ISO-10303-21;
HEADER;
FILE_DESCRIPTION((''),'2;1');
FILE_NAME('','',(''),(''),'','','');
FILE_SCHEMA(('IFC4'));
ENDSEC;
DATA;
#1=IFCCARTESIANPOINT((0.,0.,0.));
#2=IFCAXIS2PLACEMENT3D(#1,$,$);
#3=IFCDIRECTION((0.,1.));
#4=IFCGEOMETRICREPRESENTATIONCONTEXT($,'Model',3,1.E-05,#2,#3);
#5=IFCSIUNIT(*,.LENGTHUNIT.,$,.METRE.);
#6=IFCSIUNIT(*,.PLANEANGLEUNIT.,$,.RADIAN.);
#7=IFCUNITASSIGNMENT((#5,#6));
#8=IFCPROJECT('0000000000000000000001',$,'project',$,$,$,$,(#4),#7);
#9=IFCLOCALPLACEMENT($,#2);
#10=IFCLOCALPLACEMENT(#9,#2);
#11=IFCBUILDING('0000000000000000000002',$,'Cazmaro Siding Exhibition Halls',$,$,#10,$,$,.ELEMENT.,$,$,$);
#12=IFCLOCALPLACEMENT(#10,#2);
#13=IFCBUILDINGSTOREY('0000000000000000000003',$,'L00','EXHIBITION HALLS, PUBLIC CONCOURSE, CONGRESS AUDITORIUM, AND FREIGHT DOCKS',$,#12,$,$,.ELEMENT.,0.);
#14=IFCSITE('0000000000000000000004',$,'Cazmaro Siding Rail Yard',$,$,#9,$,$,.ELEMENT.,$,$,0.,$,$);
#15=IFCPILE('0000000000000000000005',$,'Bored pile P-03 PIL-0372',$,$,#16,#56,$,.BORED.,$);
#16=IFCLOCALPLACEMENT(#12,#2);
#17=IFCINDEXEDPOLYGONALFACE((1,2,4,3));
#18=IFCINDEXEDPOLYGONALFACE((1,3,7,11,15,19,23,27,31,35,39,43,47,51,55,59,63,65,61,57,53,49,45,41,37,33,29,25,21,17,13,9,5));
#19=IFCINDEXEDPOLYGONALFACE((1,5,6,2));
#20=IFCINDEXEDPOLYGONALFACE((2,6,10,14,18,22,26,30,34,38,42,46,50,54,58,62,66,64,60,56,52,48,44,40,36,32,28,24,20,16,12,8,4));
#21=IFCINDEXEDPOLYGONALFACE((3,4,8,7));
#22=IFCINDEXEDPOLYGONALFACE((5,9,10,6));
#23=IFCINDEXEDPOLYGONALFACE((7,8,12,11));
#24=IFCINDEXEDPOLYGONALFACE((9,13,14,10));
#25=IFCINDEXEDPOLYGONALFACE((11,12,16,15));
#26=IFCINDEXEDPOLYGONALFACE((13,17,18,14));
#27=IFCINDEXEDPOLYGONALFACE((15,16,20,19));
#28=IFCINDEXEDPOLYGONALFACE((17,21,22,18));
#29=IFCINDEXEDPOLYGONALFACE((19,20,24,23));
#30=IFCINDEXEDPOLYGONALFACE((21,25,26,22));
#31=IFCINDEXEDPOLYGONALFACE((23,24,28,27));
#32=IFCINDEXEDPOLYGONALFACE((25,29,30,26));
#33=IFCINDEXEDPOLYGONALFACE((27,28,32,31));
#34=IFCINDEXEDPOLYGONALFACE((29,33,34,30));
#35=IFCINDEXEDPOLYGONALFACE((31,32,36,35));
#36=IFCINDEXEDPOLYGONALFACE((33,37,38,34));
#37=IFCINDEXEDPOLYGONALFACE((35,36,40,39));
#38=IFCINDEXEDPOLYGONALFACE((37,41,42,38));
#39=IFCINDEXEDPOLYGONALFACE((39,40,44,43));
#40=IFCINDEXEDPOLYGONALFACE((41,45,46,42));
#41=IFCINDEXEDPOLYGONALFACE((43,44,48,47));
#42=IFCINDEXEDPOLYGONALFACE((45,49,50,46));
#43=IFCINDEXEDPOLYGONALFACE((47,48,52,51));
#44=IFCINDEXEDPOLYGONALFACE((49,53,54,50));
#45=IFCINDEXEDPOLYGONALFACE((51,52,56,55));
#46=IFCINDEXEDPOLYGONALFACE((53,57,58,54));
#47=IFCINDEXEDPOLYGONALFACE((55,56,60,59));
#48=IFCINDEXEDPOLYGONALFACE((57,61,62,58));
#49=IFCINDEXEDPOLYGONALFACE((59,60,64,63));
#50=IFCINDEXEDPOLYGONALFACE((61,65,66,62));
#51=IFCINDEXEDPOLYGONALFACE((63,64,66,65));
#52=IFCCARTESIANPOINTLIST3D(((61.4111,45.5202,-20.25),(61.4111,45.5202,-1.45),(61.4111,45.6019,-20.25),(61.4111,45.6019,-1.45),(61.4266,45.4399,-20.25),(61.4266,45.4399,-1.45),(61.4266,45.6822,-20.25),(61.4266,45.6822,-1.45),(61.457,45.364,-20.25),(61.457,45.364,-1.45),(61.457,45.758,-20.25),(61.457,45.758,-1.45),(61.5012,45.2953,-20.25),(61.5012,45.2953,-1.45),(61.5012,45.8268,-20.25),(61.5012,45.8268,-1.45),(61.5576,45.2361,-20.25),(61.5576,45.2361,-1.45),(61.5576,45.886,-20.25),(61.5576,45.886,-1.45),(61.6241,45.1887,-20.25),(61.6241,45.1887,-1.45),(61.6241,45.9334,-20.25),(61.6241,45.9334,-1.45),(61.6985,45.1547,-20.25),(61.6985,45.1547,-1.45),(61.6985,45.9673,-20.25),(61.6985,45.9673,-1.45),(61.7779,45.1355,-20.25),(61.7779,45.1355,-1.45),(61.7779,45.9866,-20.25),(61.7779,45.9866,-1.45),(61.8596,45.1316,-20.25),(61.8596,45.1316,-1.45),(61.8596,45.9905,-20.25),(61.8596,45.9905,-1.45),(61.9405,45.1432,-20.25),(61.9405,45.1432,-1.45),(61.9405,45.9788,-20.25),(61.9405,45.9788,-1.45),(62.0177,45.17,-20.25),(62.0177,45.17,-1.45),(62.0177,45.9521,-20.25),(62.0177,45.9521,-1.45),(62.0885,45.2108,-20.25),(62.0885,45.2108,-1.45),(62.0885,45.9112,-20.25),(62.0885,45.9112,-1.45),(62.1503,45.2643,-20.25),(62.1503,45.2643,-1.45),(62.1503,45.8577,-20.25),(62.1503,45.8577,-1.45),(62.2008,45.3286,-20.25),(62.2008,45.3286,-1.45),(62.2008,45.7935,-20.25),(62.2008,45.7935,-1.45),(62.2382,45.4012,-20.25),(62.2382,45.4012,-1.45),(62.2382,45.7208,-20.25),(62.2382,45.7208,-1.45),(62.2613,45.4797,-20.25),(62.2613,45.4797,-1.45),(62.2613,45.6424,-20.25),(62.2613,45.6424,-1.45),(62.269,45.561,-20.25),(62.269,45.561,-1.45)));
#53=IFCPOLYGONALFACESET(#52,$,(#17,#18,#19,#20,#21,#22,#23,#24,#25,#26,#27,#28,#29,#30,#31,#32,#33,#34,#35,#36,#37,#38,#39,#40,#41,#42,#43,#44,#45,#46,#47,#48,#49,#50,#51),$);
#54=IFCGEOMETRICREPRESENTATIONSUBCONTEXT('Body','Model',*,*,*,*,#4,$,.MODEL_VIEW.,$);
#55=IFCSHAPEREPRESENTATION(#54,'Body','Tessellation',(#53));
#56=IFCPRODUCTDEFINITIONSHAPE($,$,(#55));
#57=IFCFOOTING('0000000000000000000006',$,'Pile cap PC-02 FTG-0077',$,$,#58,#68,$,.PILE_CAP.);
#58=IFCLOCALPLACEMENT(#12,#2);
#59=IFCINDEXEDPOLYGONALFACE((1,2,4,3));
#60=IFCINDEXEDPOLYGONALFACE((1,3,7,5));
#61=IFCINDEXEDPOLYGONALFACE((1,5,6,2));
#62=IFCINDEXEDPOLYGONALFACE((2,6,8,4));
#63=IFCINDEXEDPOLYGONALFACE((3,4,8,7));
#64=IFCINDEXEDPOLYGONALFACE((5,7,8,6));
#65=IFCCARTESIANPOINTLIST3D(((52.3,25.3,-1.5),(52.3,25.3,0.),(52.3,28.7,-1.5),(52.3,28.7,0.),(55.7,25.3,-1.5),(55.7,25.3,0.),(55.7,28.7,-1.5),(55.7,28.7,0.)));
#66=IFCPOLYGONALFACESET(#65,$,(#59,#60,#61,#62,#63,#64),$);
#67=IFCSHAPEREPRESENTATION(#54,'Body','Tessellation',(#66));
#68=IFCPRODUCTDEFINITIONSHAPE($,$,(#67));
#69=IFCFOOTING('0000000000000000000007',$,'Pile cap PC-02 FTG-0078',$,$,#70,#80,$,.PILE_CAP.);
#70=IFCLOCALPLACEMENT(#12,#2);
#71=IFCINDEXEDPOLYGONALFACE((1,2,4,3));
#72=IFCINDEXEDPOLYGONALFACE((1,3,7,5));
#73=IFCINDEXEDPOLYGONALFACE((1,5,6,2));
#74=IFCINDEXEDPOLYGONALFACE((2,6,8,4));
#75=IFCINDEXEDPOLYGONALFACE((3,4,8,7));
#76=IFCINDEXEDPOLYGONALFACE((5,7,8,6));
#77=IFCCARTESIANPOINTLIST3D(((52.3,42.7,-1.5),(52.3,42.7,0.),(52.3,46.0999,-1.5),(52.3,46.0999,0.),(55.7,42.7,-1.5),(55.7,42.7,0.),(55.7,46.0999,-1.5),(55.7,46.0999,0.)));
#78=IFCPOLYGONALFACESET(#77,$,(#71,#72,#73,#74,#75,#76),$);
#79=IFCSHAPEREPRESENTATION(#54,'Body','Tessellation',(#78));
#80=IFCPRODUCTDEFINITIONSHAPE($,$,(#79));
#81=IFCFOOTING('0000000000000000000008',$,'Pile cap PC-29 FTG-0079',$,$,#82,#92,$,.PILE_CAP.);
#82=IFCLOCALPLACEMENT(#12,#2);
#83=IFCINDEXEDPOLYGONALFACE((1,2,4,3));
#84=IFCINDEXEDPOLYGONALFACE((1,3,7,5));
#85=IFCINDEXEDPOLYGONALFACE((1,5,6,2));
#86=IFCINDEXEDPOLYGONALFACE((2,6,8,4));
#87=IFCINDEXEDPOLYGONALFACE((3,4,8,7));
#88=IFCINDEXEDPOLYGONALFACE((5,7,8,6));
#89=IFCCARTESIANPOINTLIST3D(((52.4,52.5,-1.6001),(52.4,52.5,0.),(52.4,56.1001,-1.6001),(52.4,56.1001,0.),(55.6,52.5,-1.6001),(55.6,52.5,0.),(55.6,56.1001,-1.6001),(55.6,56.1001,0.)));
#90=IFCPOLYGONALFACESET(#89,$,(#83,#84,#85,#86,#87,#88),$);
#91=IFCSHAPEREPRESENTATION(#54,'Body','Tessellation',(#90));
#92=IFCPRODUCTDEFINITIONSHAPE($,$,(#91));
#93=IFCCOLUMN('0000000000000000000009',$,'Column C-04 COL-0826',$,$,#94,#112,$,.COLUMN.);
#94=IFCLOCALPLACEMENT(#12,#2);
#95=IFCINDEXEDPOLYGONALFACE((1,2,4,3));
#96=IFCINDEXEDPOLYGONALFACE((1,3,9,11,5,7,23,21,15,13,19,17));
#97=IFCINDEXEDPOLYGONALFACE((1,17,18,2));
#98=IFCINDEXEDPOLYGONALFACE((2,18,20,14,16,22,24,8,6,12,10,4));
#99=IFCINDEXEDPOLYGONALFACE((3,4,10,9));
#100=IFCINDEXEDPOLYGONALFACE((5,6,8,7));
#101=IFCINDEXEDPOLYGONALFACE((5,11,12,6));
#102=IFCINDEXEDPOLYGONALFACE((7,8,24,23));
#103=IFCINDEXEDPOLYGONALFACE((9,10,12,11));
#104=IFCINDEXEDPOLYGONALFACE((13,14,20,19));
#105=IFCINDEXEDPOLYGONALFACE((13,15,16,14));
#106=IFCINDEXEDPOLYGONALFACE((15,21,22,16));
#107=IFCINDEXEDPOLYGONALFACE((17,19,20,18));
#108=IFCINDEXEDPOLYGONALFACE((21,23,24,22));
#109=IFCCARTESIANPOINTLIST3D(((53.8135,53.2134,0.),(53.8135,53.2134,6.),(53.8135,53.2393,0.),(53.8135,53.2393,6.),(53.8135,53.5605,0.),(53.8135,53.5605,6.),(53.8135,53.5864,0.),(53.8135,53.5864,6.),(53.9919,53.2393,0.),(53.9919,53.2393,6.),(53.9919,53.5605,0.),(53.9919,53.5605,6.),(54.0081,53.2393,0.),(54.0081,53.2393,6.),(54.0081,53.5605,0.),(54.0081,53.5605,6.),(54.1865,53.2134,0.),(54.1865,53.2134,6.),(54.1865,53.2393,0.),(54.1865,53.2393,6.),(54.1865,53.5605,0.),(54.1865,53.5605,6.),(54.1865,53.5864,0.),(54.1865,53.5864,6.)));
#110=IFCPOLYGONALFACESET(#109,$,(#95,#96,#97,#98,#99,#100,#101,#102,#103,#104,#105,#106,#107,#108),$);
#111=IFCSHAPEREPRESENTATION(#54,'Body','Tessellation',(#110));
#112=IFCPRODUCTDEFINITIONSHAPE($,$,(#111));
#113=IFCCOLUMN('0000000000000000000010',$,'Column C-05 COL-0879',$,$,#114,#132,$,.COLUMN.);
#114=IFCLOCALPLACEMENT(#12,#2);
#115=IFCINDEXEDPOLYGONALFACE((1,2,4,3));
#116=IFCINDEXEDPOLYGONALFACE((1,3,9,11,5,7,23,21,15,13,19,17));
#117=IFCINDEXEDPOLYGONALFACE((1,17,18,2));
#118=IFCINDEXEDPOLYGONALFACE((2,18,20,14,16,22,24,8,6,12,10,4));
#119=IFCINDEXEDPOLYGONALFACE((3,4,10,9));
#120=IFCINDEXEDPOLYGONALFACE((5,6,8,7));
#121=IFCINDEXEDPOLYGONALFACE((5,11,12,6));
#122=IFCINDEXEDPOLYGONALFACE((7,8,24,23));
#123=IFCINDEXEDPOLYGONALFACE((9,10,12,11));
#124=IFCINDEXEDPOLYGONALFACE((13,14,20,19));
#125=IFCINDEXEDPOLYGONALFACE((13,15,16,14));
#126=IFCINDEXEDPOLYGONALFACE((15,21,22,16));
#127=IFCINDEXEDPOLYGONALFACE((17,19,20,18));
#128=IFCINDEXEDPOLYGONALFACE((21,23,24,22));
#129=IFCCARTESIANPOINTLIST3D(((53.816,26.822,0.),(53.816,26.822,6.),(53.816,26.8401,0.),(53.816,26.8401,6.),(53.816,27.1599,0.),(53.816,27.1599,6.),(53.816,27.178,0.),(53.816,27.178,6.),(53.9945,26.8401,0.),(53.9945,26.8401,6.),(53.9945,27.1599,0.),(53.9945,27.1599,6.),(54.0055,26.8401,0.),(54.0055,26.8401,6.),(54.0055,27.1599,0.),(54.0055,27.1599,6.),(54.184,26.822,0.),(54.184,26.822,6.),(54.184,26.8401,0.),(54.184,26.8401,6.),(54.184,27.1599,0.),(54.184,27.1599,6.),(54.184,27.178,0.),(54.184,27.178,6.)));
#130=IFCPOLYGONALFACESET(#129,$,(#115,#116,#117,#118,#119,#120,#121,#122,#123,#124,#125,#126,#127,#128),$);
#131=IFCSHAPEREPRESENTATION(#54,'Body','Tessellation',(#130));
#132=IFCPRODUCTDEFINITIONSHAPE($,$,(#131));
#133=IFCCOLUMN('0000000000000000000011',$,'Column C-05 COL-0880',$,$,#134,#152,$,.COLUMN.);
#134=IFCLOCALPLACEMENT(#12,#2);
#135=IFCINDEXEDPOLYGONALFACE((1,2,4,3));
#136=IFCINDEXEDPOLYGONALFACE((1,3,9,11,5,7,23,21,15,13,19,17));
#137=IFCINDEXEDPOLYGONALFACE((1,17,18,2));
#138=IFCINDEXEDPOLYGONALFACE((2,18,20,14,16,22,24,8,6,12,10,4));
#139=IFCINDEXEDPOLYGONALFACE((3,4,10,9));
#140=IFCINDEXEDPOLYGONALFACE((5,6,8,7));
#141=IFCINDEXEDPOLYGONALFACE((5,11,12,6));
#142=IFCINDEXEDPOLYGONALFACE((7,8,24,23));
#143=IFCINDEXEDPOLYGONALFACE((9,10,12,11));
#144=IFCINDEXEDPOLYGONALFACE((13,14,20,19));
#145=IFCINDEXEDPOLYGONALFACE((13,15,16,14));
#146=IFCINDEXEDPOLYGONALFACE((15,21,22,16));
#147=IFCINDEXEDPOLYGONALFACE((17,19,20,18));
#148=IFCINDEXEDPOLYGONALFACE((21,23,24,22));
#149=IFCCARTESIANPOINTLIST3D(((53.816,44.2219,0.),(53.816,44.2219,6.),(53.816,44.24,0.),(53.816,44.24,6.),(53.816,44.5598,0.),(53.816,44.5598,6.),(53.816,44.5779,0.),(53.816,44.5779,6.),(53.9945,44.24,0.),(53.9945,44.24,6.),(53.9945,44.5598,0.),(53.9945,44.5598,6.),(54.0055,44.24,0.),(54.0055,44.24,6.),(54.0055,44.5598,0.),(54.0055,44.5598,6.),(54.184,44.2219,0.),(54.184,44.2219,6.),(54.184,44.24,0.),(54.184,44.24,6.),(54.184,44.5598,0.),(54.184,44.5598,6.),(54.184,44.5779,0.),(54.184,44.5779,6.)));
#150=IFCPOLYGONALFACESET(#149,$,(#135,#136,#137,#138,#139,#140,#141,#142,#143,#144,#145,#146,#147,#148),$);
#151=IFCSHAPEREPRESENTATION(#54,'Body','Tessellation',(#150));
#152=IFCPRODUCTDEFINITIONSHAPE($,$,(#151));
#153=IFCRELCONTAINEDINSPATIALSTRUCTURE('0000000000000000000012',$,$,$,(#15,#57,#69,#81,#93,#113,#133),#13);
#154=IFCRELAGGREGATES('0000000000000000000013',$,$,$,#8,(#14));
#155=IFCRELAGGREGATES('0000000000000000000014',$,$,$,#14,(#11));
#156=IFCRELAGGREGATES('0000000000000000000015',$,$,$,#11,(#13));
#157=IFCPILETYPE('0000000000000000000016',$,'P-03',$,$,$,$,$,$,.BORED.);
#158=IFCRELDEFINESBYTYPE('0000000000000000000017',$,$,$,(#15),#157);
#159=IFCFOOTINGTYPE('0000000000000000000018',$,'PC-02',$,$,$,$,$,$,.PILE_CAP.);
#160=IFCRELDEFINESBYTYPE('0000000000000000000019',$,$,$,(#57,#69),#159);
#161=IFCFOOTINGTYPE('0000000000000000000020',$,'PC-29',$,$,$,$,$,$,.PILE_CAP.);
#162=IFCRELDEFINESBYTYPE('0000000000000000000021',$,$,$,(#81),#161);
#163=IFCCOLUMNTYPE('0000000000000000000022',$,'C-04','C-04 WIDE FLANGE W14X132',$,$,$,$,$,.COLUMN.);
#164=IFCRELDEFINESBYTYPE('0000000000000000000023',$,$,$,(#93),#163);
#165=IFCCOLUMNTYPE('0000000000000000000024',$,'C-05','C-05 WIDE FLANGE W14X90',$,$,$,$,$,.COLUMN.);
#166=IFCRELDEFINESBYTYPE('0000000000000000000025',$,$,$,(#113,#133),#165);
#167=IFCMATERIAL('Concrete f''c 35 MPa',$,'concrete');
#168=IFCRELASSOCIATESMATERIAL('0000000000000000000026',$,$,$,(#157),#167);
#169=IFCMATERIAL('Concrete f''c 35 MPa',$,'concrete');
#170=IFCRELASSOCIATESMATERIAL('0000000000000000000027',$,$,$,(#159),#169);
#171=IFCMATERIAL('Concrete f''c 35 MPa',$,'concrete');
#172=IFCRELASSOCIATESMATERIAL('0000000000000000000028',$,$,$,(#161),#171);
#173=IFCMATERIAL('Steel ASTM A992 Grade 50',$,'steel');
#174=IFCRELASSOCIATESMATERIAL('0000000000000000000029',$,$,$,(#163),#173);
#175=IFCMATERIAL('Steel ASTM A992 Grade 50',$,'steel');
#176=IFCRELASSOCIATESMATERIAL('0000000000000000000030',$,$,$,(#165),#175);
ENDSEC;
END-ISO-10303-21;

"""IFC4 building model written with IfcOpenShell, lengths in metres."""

from ifc_helpers import new_model, si_unit, direction, frame, origin, origin_2d, place, context, subcontext, project, spatial, rectangle, circle, i_section, extrude, material, material_profile, profile_set, type_object, element, save


model = new_model("IFC4")

# Units and contexts
model_context = context("Model", 3, precision=1e-05, world=origin(), true_north=direction((0.0, 1.0)))
body_context = subcontext(model_context, "Body", "Model", "MODEL_VIEW")
ifc_project = project(units=[si_unit("LENGTHUNIT", "METRE"), si_unit("PLANEANGLEUNIT", "RADIAN")], contexts=[model_context])

# Site, building, storey
site_placement = place(None, origin())
site = spatial("IfcSite", under=ifc_project, at=site_placement, Name="Cazmaro Siding Rail Yard", CompositionType="ELEMENT", RefElevation=0.0)
building_placement = place(site_placement, origin())
building = spatial("IfcBuilding", under=site, at=building_placement, Name="Cazmaro Siding Exhibition Halls", CompositionType="ELEMENT")
storey_placement = place(building_placement, origin())
storey = spatial("IfcBuildingStorey", under=building, at=storey_placement, Name="L00", Description="EXHIBITION HALLS, PUBLIC CONCOURSE, CONGRESS AUDITORIUM, AND FREIGHT DOCKS", CompositionType="ELEMENT", Elevation=0.0)

# Pile
ifc_material_1 = material(Name="Concrete f'c 35 MPa", Category="concrete")
ifc_material_profile_1 = material_profile(ifc_material_1, circle(Radius=0.4299, at=origin_2d()), Name="CIDH-860")
ifc_profile_set_1 = profile_set([ifc_material_profile_1], Name="Concrete f'c 35 MPa")
pile_type_1 = type_object("IfcPileType", Name="P-03", PredefinedType="BORED", material=ifc_profile_set_1)
for number, where, z_axis, x_axis, name in (
    (1, (61.8391, 45.561, -1.45), (0.0, 0.0, -1.0), (1.0, 0.0, 0.0), "Bored pile P-03 PIL-0372"),
):
    element("IfcPile", number, at=place(storey_placement, frame(where, z_axis=z_axis, x_axis=x_axis)), inside=storey, type_object=pile_type_1, Name=name, PredefinedType="BORED", context=body_context, shape_type="SweptSolid", body=[
        extrude(circle(Radius=0.4299, at=origin_2d()), origin(), (0.0, 0.0, 1.0), 18.8),
    ])

# Footings
ifc_material_2 = material(Name="Concrete f'c 35 MPa", Category="concrete")
footing_type_1 = type_object("IfcFootingType", Name="PC-02", PredefinedType="PILE_CAP", material=ifc_material_2)
for number, where, z_axis, x_axis, name in (
    (2, (54.0, 27.0, -1.5), (0.0, 0.0, 1.0), (1.0, 0.0, 0.0), "Pile cap PC-02 FTG-0077"),
    (3, (54.0, 44.3999, -1.5), (0.0, 0.0, 1.0), (1.0, 0.0, 0.0), "Pile cap PC-02 FTG-0078"),
):
    element("IfcFooting", number, at=place(storey_placement, frame(where, z_axis=z_axis, x_axis=x_axis)), inside=storey, type_object=footing_type_1, Name=name, PredefinedType="PILE_CAP", context=body_context, shape_type="SweptSolid", body=[
        extrude(rectangle(XDim=3.3999, YDim=3.3999, at=origin_2d()), origin(), (0.0, 0.0, 1.0), 1.5),
    ])
ifc_material_3 = material(Name="Concrete f'c 35 MPa", Category="concrete")
footing_type_2 = type_object("IfcFootingType", Name="PC-29", PredefinedType="PILE_CAP", material=ifc_material_3)
footing_placement = place(storey_placement, frame((54.0, 54.3, -1.6001), z_axis=(0.0, 0.0, 1.0), x_axis=(1.0, 0.0, 0.0)))
element("IfcFooting", 4, at=footing_placement, inside=storey, type_object=footing_type_2, Name="Pile cap PC-29 FTG-0079", PredefinedType="PILE_CAP", context=body_context, shape_type="SweptSolid", body=[
    extrude(rectangle(XDim=3.2, YDim=3.6001, at=origin_2d()), origin(), (0.0, 0.0, 1.0), 1.6001),
])

# Columns
ifc_material_4 = material(Name="Steel ASTM A992 Grade 50", Category="steel")
ifc_material_profile_2 = material_profile(ifc_material_4, i_section(OverallWidth=0.373, OverallDepth=0.373, WebThickness=0.0161, FlangeThickness=0.0259, at=origin_2d()), Name="W14X132")
ifc_profile_set_2 = profile_set([ifc_material_profile_2], Name="Steel ASTM A992 Grade 50")
column_type_1 = type_object("IfcColumnType", Name="C-04", Description="C-04 WIDE FLANGE W14X132", PredefinedType="COLUMN", material=ifc_profile_set_2)
column_1_placement = place(storey_placement, frame((54.0, 53.3999, 0.0), z_axis=(0.0, 0.0, 1.0), x_axis=(1.0, 0.0, 0.0)))
element("IfcColumn", 5, at=column_1_placement, inside=storey, type_object=column_type_1, Name="Column C-04 COL-0826", PredefinedType="COLUMN", context=body_context, shape_type="SweptSolid", body=[
    extrude(i_section(OverallWidth=0.373, OverallDepth=0.373, WebThickness=0.0161, FlangeThickness=0.0259, at=origin_2d()), origin(), (0.0, 0.0, 1.0), 6.0),
])
ifc_material_5 = material(Name="Steel ASTM A992 Grade 50", Category="steel")
ifc_material_profile_3 = material_profile(ifc_material_5, i_section(OverallWidth=0.3679, OverallDepth=0.356, WebThickness=0.011, FlangeThickness=0.0181, at=origin_2d()), Name="W14X90")
ifc_profile_set_3 = profile_set([ifc_material_profile_3], Name="Steel ASTM A992 Grade 50")
column_type_2 = type_object("IfcColumnType", Name="C-05", Description="C-05 WIDE FLANGE W14X90", PredefinedType="COLUMN", material=ifc_profile_set_3)
for number, where, z_axis, x_axis, name in (
    (6, (54.0, 27.0, 0.0), (0.0, 0.0, 1.0), (1.0, 0.0, 0.0), "Column C-05 COL-0879"),
    (7, (54.0, 44.3999, 0.0), (0.0, 0.0, 1.0), (1.0, 0.0, 0.0), "Column C-05 COL-0880"),
):
    element("IfcColumn", number, at=place(storey_placement, frame(where, z_axis=z_axis, x_axis=x_axis)), inside=storey, type_object=column_type_2, Name=name, PredefinedType="COLUMN", context=body_context, shape_type="SweptSolid", body=[
        extrude(i_section(OverallWidth=0.3679, OverallDepth=0.356, WebThickness=0.011, FlangeThickness=0.0181, at=origin_2d()), origin(), (0.0, 0.0, 1.0), 6.0),
    ])

save(model, "model.ifc")
